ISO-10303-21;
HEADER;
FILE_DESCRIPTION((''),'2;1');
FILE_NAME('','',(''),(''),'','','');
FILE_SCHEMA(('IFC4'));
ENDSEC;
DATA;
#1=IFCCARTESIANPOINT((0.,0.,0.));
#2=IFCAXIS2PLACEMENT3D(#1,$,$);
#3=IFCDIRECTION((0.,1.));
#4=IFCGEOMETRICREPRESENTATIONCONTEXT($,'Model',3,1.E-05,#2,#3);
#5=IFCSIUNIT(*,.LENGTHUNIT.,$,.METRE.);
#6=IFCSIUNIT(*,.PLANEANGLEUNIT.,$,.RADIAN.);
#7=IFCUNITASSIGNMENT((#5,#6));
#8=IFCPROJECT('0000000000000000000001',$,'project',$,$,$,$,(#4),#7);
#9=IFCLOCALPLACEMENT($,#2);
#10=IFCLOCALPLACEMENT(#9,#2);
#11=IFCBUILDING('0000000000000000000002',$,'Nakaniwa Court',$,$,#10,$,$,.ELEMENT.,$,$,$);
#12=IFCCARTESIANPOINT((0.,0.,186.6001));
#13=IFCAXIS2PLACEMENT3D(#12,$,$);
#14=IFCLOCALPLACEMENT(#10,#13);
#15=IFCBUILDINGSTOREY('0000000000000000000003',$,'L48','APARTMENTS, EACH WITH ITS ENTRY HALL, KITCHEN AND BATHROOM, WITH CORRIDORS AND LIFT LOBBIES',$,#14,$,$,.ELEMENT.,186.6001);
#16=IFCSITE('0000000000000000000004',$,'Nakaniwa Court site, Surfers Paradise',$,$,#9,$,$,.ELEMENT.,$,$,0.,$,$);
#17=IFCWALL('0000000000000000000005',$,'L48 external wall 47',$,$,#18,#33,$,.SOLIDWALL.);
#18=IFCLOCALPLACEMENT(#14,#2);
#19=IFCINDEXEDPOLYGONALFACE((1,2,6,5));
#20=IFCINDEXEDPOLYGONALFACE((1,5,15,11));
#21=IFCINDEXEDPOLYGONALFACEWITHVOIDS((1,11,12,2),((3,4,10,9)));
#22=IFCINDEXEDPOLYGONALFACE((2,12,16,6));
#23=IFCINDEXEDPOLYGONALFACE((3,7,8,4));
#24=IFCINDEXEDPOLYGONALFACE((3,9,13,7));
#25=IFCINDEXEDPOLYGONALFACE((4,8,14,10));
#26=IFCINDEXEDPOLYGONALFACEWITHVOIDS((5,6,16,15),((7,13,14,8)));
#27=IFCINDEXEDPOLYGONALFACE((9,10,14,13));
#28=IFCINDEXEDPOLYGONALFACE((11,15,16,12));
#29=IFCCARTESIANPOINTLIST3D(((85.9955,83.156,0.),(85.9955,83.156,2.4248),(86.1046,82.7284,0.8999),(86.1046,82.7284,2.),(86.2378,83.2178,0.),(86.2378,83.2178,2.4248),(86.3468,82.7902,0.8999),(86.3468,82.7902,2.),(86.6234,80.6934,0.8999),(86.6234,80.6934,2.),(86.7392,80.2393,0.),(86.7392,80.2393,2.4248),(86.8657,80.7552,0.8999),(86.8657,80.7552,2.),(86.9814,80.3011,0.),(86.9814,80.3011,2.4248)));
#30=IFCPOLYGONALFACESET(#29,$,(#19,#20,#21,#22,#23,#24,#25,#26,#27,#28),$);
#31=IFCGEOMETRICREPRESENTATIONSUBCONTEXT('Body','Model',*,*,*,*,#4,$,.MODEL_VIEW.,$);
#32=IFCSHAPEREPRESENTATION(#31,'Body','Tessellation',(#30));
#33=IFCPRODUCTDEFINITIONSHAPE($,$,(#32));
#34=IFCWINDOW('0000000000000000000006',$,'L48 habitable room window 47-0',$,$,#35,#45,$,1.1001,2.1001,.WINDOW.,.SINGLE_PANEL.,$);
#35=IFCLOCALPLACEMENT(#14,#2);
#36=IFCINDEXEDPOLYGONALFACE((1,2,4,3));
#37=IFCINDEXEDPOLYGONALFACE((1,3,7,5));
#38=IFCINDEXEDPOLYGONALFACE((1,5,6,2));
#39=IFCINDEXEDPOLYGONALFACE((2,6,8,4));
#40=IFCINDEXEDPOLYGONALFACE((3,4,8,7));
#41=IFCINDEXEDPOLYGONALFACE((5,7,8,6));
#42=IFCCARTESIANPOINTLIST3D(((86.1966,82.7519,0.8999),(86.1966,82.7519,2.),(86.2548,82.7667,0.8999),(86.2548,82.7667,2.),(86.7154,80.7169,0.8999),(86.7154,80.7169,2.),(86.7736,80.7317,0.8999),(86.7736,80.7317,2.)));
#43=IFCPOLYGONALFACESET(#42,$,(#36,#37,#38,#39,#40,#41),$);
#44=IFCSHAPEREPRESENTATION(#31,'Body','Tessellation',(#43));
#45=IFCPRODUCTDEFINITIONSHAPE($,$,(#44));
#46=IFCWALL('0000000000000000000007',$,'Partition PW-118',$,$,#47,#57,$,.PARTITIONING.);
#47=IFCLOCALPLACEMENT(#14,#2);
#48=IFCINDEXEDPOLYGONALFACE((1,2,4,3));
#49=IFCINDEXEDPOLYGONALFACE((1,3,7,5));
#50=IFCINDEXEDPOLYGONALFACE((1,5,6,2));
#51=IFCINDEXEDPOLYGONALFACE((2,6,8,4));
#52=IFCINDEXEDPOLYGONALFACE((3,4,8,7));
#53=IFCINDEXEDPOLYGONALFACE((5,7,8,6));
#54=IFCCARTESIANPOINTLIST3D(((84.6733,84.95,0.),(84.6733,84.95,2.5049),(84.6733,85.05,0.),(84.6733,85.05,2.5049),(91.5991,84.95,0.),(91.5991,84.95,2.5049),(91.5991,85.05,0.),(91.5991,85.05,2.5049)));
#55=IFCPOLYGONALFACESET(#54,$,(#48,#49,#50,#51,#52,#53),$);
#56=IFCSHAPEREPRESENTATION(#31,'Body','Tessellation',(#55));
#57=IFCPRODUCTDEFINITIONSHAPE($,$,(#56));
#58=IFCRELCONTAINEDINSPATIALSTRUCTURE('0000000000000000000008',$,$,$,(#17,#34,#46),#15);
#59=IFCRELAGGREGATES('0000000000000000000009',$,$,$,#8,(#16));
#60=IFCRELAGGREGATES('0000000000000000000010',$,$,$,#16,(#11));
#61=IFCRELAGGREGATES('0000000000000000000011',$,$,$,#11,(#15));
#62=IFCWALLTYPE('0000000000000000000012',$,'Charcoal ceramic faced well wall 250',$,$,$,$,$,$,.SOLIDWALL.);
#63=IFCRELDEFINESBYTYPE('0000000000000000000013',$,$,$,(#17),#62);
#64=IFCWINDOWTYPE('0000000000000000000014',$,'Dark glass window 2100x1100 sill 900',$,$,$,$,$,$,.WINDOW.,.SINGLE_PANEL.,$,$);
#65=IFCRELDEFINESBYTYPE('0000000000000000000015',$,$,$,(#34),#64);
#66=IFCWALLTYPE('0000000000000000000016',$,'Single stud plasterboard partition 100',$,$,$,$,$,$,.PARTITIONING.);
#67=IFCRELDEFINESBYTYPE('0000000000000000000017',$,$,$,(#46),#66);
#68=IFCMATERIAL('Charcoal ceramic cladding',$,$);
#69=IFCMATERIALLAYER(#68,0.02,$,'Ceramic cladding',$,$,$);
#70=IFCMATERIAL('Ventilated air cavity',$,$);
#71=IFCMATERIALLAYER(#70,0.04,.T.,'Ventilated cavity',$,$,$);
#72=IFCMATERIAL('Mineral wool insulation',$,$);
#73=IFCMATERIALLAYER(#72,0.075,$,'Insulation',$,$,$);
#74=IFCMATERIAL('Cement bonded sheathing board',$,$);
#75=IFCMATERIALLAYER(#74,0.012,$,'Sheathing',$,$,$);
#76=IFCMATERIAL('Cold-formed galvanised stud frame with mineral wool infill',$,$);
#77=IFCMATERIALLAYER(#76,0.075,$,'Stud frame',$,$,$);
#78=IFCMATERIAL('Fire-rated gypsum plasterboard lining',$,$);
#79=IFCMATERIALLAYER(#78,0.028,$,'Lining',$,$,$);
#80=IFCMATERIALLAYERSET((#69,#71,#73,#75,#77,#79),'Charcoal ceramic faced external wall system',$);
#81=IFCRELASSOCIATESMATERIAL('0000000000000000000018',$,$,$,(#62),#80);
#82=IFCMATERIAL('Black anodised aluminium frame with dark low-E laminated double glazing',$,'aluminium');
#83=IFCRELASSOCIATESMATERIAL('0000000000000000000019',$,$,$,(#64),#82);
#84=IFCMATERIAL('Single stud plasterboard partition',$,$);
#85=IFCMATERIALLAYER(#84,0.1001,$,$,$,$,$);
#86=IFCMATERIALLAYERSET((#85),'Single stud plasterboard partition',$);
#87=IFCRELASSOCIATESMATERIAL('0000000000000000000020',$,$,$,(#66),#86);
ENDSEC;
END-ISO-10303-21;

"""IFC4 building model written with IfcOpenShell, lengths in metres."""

from ifc_helpers import new_model, si_unit, direction, frame, frame_2d, origin, place, context, subcontext, project, spatial, rectangle, extrude, material, layer, layer_set, type_object, element, fill, save


model = new_model("IFC4")

# Units and contexts
model_context = context("Model", 3, precision=1e-05, world=origin(), true_north=direction((0.0, 1.0)))
body_context = subcontext(model_context, "Body", "Model", "MODEL_VIEW")
ifc_project = project(units=[si_unit("LENGTHUNIT", "METRE"), si_unit("PLANEANGLEUNIT", "RADIAN")], contexts=[model_context])

# Site, building, storey
site_placement = place(None, origin())
site = spatial("IfcSite", under=ifc_project, at=site_placement, Name="Nakaniwa Court site, Surfers Paradise", CompositionType="ELEMENT", RefElevation=0.0)
building_placement = place(site_placement, origin())
building = spatial("IfcBuilding", under=site, at=building_placement, Name="Nakaniwa Court", CompositionType="ELEMENT")
storey_placement = place(building_placement, frame((0.0, 0.0, 186.6001)))
storey = spatial("IfcBuildingStorey", under=building, at=storey_placement, Name="L48", Description="APARTMENTS, EACH WITH ITS ENTRY HALL, KITCHEN AND BATHROOM, WITH CORRIDORS AND LIFT LOBBIES", CompositionType="ELEMENT", Elevation=186.6001)

# Wall, opening, window
ifc_material_1 = material(Name="Charcoal ceramic cladding")
ifc_layer_1 = layer(ifc_material_1, 0.02, Name="Ceramic cladding")
ifc_material_2 = material(Name="Ventilated air cavity")
ifc_layer_2 = layer(ifc_material_2, 0.04, ventilated=True, Name="Ventilated cavity")
ifc_material_3 = material(Name="Mineral wool insulation")
ifc_layer_3 = layer(ifc_material_3, 0.075, Name="Insulation")
ifc_material_4 = material(Name="Cement bonded sheathing board")
ifc_layer_4 = layer(ifc_material_4, 0.012, Name="Sheathing")
ifc_material_5 = material(Name="Cold-formed galvanised stud frame with mineral wool infill")
ifc_layer_5 = layer(ifc_material_5, 0.075, Name="Stud frame")
ifc_material_6 = material(Name="Fire-rated gypsum plasterboard lining")
ifc_layer_6 = layer(ifc_material_6, 0.028, Name="Lining")
ifc_layer_set_1 = layer_set([ifc_layer_1, ifc_layer_2, ifc_layer_3, ifc_layer_4, ifc_layer_5, ifc_layer_6], Name="Charcoal ceramic faced external wall system")
wall_type_1 = type_object("IfcWallType", Name="Charcoal ceramic faced well wall 250", PredefinedType="SOLIDWALL", material=ifc_layer_set_1)
ifc_material_7 = material(Name="Black anodised aluminium frame with dark low-E laminated double glazing", Category="aluminium")
window_type = type_object("IfcWindowType", Name="Dark glass window 2100x1100 sill 900", PartitioningType="SINGLE_PANEL", PredefinedType="WINDOW", material=ifc_material_7)
wall_1_placement = place(storey_placement, frame((86.1167, 83.1868, 0.0), z_axis=(0.0, 0.0, 1.0), x_axis=(0.247056, -0.969001, 0.0)))
wall_1 = element("IfcWall", 1, at=wall_1_placement, inside=storey, type_object=wall_type_1, Name="L48 external wall 47", PredefinedType="SOLIDWALL", context=body_context, shape_type="SweptSolid", body=[
    extrude(rectangle(XDim=3.01, YDim=0.25, at=frame_2d((1.5049, 0.0))), origin(), (0.0, 0.0, 1.0), 2.4248),
])
opening_1_placement = place(wall_1_placement, frame((0.4412, 0.0, 0.8999)))
opening_1 = element("IfcOpeningElement", 2, at=opening_1_placement, cuts=wall_1, PredefinedType="OPENING", context=body_context, shape_type="SweptSolid", body=[
    extrude(rectangle(XDim=2.1001, YDim=1.1001, at=frame_2d((1.05, 0.55))), frame((0.0, 0.135, 0.0), z_axis=(0.0, -1.0, 0.0), x_axis=(1.0, 0.0, 0.0)), (0.0, 0.0, 1.0), 0.27),
])
window_1_placement = place(opening_1_placement, origin())
window_1 = element("IfcWindow", 3, at=window_1_placement, inside=storey, type_object=window_type, Name="L48 habitable room window 47-0", OverallHeight=1.1001, OverallWidth=2.1001, PartitioningType="SINGLE_PANEL", PredefinedType="WINDOW", context=body_context, shape_type="SweptSolid", body=[
    extrude(rectangle(XDim=2.1001, YDim=1.1001, at=frame_2d((1.05, 0.55))), frame((0.0, 0.03, 0.0), z_axis=(0.0, -1.0, 0.0), x_axis=(1.0, 0.0, 0.0)), (0.0, 0.0, 1.0), 0.0601),
])
fill(opening_1, window_1)

# Wall
ifc_material_8 = material(Name="Single stud plasterboard partition")
ifc_layer_7 = layer(ifc_material_8, 0.1001)
ifc_layer_set_2 = layer_set([ifc_layer_7], Name="Single stud plasterboard partition")
wall_type_2 = type_object("IfcWallType", Name="Single stud plasterboard partition 100", PredefinedType="PARTITIONING", material=ifc_layer_set_2)
wall_2_placement = place(storey_placement, frame((84.6733, 85.0, 0.0), z_axis=(0.0, 0.0, 1.0), x_axis=(1.0, 0.0, 0.0)))
element("IfcWall", 4, at=wall_2_placement, inside=storey, type_object=wall_type_2, Name="Partition PW-118", PredefinedType="PARTITIONING", context=body_context, shape_type="SweptSolid", body=[
    extrude(rectangle(XDim=6.9258, YDim=0.1001, at=frame_2d((3.4629, 0.0))), origin(), (0.0, 0.0, 1.0), 2.5049),
])

save(model, "model.ifc")
